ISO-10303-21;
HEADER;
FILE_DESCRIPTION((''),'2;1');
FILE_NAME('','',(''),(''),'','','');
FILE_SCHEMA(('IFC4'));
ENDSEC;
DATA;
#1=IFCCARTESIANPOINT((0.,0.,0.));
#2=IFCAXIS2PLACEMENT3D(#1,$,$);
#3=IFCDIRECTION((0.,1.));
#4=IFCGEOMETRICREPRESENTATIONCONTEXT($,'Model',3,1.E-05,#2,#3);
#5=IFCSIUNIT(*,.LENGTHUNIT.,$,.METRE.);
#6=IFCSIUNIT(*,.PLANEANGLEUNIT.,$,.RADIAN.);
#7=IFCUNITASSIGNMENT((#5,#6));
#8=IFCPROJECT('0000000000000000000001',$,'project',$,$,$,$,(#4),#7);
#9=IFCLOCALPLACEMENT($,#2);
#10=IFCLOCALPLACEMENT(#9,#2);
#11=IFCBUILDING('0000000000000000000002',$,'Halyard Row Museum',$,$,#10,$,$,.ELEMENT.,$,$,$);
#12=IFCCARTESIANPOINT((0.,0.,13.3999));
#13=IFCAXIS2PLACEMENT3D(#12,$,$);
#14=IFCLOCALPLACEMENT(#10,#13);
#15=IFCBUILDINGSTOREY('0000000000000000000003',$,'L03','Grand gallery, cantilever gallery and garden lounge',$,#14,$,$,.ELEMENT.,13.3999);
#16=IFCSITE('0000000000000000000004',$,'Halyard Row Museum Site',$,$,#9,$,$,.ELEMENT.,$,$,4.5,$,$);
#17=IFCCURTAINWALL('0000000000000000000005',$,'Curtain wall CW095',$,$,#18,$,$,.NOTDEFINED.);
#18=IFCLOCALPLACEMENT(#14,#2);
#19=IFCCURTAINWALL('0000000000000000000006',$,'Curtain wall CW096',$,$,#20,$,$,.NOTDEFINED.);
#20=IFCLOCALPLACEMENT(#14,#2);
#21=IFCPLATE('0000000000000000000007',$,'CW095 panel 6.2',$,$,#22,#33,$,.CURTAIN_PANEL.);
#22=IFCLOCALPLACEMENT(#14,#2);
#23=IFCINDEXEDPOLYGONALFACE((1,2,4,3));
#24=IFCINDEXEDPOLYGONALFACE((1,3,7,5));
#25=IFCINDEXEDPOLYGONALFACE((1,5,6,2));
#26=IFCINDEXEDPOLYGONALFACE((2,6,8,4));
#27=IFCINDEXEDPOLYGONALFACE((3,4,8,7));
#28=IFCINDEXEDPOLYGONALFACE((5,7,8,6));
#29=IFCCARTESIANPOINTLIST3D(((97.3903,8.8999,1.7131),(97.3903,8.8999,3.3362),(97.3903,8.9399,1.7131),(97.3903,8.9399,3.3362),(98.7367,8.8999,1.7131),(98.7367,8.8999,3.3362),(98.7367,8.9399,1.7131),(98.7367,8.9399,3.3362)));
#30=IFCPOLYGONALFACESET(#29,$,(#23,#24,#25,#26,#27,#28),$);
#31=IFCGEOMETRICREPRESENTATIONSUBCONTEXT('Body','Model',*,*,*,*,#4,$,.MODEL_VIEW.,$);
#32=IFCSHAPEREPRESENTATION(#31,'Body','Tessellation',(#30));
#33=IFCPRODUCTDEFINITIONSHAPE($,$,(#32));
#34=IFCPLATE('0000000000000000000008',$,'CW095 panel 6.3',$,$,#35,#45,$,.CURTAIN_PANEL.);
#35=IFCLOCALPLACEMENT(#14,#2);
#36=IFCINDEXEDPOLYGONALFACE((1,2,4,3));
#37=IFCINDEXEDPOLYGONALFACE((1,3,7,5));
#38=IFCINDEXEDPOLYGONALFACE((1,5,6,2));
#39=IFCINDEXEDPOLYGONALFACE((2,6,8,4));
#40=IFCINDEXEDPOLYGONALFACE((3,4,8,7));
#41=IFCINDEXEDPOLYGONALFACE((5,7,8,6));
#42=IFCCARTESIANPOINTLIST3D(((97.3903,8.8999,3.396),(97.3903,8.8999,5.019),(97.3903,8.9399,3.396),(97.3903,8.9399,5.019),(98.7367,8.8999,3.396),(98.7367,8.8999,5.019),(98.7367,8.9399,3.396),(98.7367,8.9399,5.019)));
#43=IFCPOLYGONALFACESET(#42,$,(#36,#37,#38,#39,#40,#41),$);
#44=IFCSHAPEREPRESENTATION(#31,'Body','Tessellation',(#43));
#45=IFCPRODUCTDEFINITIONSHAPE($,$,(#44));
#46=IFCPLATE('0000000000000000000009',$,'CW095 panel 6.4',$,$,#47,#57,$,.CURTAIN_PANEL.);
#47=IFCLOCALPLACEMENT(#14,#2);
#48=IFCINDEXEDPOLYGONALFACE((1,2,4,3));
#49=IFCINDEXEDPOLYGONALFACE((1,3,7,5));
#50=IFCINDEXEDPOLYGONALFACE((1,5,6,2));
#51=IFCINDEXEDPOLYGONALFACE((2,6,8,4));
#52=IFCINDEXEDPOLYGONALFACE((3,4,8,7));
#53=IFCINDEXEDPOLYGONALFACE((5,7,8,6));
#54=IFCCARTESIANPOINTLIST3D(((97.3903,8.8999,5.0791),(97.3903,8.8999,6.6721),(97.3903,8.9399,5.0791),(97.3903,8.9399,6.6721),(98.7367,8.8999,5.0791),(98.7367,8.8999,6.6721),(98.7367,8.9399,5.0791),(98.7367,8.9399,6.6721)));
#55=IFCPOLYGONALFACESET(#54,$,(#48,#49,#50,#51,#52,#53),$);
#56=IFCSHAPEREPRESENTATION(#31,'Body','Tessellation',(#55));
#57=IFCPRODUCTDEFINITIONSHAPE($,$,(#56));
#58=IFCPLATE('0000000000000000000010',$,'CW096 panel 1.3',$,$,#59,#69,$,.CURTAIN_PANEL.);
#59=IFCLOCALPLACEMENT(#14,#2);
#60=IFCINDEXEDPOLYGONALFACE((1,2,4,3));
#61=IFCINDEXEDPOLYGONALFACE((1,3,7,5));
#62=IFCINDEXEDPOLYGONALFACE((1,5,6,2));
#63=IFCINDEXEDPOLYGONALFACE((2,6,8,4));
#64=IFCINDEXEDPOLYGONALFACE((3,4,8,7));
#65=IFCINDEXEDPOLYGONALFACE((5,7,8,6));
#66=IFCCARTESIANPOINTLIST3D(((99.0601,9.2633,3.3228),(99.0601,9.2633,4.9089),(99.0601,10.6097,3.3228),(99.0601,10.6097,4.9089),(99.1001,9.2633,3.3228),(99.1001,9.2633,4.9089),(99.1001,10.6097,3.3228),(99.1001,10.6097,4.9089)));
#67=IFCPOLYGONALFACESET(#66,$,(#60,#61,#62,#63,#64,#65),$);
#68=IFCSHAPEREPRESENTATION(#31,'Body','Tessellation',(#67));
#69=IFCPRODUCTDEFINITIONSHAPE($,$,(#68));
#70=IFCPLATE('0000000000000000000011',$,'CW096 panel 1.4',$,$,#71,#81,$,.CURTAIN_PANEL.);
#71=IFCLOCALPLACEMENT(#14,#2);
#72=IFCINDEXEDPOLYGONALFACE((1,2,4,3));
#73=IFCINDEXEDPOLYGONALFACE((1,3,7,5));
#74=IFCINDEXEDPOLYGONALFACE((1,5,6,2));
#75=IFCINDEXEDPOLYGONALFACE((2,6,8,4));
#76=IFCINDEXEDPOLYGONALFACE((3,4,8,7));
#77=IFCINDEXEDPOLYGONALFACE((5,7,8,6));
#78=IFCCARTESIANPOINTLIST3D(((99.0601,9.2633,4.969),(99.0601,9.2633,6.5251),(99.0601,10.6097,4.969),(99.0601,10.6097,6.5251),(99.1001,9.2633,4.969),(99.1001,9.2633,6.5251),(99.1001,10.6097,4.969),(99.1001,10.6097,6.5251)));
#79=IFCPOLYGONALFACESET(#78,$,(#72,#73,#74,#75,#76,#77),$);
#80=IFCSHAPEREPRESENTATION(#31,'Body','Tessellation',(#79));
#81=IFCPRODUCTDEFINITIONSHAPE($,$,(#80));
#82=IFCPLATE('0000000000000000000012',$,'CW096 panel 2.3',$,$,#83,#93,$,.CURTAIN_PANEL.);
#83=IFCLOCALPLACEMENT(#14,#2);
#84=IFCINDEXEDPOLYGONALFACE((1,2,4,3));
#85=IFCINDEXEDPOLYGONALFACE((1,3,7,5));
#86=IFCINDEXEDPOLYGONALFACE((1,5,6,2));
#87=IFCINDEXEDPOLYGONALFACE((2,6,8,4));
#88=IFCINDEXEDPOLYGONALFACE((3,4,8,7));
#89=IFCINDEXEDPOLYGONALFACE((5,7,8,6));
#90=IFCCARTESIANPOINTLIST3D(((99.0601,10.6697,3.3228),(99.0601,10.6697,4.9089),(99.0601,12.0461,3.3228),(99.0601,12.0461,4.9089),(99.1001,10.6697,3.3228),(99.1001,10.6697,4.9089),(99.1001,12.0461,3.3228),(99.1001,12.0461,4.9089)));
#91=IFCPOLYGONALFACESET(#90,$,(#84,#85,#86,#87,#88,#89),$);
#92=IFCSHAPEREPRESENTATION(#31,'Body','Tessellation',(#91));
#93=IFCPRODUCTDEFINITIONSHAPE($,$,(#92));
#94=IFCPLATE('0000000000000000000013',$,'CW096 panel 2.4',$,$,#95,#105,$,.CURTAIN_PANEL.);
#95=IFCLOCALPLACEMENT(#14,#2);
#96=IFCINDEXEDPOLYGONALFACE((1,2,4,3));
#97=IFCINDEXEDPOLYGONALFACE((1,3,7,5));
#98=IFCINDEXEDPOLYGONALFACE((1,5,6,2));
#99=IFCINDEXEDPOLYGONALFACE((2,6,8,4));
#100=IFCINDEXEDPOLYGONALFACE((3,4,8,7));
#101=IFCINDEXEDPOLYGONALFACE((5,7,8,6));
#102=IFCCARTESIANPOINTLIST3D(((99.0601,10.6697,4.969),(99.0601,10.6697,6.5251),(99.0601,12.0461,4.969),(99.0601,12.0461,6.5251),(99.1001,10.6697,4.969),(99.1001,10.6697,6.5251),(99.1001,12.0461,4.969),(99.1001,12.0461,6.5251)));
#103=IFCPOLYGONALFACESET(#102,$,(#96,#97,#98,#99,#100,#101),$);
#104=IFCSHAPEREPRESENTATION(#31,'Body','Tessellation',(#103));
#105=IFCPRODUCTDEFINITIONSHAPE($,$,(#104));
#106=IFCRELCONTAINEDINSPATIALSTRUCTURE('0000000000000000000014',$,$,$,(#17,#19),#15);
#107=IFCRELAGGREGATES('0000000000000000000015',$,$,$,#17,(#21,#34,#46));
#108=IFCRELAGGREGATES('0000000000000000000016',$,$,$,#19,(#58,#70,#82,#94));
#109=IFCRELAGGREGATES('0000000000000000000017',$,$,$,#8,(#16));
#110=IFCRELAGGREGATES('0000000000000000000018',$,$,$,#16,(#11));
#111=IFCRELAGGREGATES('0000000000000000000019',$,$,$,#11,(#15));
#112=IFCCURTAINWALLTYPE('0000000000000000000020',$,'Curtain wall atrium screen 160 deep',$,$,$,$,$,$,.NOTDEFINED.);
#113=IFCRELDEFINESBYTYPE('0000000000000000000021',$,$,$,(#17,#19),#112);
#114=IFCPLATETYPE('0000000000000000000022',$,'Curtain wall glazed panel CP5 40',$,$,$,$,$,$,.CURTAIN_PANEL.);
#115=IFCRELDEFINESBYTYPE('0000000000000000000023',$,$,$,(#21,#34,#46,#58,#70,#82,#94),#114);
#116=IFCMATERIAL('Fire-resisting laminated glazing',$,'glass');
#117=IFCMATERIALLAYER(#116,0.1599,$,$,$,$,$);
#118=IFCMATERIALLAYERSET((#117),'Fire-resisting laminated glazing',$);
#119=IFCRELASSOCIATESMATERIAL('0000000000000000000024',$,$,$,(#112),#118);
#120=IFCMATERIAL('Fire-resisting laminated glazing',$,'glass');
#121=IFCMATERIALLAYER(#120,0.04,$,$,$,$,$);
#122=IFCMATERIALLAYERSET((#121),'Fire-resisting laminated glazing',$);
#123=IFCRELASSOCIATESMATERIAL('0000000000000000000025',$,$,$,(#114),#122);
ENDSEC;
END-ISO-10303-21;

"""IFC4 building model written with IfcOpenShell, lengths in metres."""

from ifc_helpers import new_model, si_unit, direction, frame, origin, origin_2d, place, context, subcontext, project, spatial, rectangle, extrude, material, layer, layer_set, type_object, element, aggregate, save


model = new_model("IFC4")

# Units and contexts
model_context = context("Model", 3, precision=1e-05, world=origin(), true_north=direction((0.0, 1.0)))
body_context = subcontext(model_context, "Body", "Model", "MODEL_VIEW")
ifc_project = project(units=[si_unit("LENGTHUNIT", "METRE"), si_unit("PLANEANGLEUNIT", "RADIAN")], contexts=[model_context])

# Site, building, storey
site_placement = place(None, origin())
site = spatial("IfcSite", under=ifc_project, at=site_placement, Name="Halyard Row Museum Site", CompositionType="ELEMENT", RefElevation=4.5)
building_placement = place(site_placement, origin())
building = spatial("IfcBuilding", under=site, at=building_placement, Name="Halyard Row Museum", CompositionType="ELEMENT")
storey_placement = place(building_placement, frame((0.0, 0.0, 13.3999)))
storey = spatial("IfcBuildingStorey", under=building, at=storey_placement, Name="L03", Description="Grand gallery, cantilever gallery and garden lounge", CompositionType="ELEMENT", Elevation=13.3999)

# Curtain walls
ifc_material_1 = material(Name="Fire-resisting laminated glazing", Category="glass")
ifc_layer_1 = layer(ifc_material_1, 0.1599)
ifc_layer_set_1 = layer_set([ifc_layer_1], Name="Fire-resisting laminated glazing")
curtain_wall_type = type_object("IfcCurtainWallType", Name="Curtain wall atrium screen 160 deep", PredefinedType="NOTDEFINED", material=ifc_layer_set_1)
curtain_wall_1_placement = place(storey_placement, origin())
curtain_wall_1 = element("IfcCurtainWall", 1, at=curtain_wall_1_placement, inside=storey, type_object=curtain_wall_type, Name="Curtain wall CW095", PredefinedType="NOTDEFINED")
curtain_wall_2_placement = place(storey_placement, origin())
curtain_wall_2 = element("IfcCurtainWall", 2, at=curtain_wall_2_placement, inside=storey, type_object=curtain_wall_type, Name="Curtain wall CW096", PredefinedType="NOTDEFINED")

# Plates
ifc_material_2 = material(Name="Fire-resisting laminated glazing", Category="glass")
ifc_layer_2 = layer(ifc_material_2, 0.04)
ifc_layer_set_2 = layer_set([ifc_layer_2], Name="Fire-resisting laminated glazing")
plate_type = type_object("IfcPlateType", Name="Curtain wall glazed panel CP5 40", PredefinedType="CURTAIN_PANEL", material=ifc_layer_set_2)
plate_1_placement = place(storey_placement, frame((98.0635, 8.9199, 1.7131), z_axis=(0.0, 0.0, 1.0), x_axis=(1.0, 0.0, 0.0)))
plate_1 = element("IfcPlate", 3, at=plate_1_placement, type_object=plate_type, Name="CW095 panel 6.2", PredefinedType="CURTAIN_PANEL", context=body_context, shape_type="SweptSolid", body=[
    extrude(rectangle(XDim=1.3464, YDim=0.04, at=origin_2d()), origin(), (0.0, 0.0, 1.0), 1.623),
])
plate_2_placement = place(storey_placement, frame((98.0635, 8.9199, 3.396), z_axis=(0.0, 0.0, 1.0), x_axis=(1.0, 0.0, 0.0)))
plate_2 = element("IfcPlate", 4, at=plate_2_placement, type_object=plate_type, Name="CW095 panel 6.3", PredefinedType="CURTAIN_PANEL", context=body_context, shape_type="SweptSolid", body=[
    extrude(rectangle(XDim=1.3464, YDim=0.04, at=origin_2d()), origin(), (0.0, 0.0, 1.0), 1.623),
])
plate_3_placement = place(storey_placement, frame((98.0635, 8.9199, 5.0791), z_axis=(0.0, 0.0, 1.0), x_axis=(1.0, 0.0, 0.0)))
plate_3 = element("IfcPlate", 5, at=plate_3_placement, type_object=plate_type, Name="CW095 panel 6.4", PredefinedType="CURTAIN_PANEL", context=body_context, shape_type="SweptSolid", body=[
    extrude(rectangle(XDim=1.3464, YDim=0.04, at=origin_2d()), origin(), (0.0, 0.0, 1.0), 1.593),
])
aggregate(curtain_wall_1, [plate_1, plate_2, plate_3])
plate_4_placement = place(storey_placement, frame((99.0801, 9.9365, 3.3228), z_axis=(0.0, 0.0, 1.0), x_axis=(0.0, 1.0, 0.0)))
plate_4 = element("IfcPlate", 6, at=plate_4_placement, type_object=plate_type, Name="CW096 panel 1.3", PredefinedType="CURTAIN_PANEL", context=body_context, shape_type="SweptSolid", body=[
    extrude(rectangle(XDim=1.3464, YDim=0.04, at=origin_2d()), origin(), (0.0, 0.0, 1.0), 1.5862),
])
plate_5_placement = place(storey_placement, frame((99.0801, 9.9365, 4.969), z_axis=(0.0, 0.0, 1.0), x_axis=(0.0, 1.0, 0.0)))
plate_5 = element("IfcPlate", 7, at=plate_5_placement, type_object=plate_type, Name="CW096 panel 1.4", PredefinedType="CURTAIN_PANEL", context=body_context, shape_type="SweptSolid", body=[
    extrude(rectangle(XDim=1.3464, YDim=0.04, at=origin_2d()), origin(), (0.0, 0.0, 1.0), 1.5562),
])
plate_6_placement = place(storey_placement, frame((99.0801, 11.3579, 3.3228), z_axis=(0.0, 0.0, 1.0), x_axis=(0.0, 1.0, 0.0)))
plate_6 = element("IfcPlate", 8, at=plate_6_placement, type_object=plate_type, Name="CW096 panel 2.3", PredefinedType="CURTAIN_PANEL", context=body_context, shape_type="SweptSolid", body=[
    extrude(rectangle(XDim=1.3765, YDim=0.04, at=origin_2d()), origin(), (0.0, 0.0, 1.0), 1.5862),
])
plate_7_placement = place(storey_placement, frame((99.0801, 11.3579, 4.969), z_axis=(0.0, 0.0, 1.0), x_axis=(0.0, 1.0, 0.0)))
plate_7 = element("IfcPlate", 9, at=plate_7_placement, type_object=plate_type, Name="CW096 panel 2.4", PredefinedType="CURTAIN_PANEL", context=body_context, shape_type="SweptSolid", body=[
    extrude(rectangle(XDim=1.3765, YDim=0.04, at=origin_2d()), origin(), (0.0, 0.0, 1.0), 1.5562),
])
aggregate(curtain_wall_2, [plate_4, plate_5, plate_6, plate_7])

save(model, "model.ifc")
